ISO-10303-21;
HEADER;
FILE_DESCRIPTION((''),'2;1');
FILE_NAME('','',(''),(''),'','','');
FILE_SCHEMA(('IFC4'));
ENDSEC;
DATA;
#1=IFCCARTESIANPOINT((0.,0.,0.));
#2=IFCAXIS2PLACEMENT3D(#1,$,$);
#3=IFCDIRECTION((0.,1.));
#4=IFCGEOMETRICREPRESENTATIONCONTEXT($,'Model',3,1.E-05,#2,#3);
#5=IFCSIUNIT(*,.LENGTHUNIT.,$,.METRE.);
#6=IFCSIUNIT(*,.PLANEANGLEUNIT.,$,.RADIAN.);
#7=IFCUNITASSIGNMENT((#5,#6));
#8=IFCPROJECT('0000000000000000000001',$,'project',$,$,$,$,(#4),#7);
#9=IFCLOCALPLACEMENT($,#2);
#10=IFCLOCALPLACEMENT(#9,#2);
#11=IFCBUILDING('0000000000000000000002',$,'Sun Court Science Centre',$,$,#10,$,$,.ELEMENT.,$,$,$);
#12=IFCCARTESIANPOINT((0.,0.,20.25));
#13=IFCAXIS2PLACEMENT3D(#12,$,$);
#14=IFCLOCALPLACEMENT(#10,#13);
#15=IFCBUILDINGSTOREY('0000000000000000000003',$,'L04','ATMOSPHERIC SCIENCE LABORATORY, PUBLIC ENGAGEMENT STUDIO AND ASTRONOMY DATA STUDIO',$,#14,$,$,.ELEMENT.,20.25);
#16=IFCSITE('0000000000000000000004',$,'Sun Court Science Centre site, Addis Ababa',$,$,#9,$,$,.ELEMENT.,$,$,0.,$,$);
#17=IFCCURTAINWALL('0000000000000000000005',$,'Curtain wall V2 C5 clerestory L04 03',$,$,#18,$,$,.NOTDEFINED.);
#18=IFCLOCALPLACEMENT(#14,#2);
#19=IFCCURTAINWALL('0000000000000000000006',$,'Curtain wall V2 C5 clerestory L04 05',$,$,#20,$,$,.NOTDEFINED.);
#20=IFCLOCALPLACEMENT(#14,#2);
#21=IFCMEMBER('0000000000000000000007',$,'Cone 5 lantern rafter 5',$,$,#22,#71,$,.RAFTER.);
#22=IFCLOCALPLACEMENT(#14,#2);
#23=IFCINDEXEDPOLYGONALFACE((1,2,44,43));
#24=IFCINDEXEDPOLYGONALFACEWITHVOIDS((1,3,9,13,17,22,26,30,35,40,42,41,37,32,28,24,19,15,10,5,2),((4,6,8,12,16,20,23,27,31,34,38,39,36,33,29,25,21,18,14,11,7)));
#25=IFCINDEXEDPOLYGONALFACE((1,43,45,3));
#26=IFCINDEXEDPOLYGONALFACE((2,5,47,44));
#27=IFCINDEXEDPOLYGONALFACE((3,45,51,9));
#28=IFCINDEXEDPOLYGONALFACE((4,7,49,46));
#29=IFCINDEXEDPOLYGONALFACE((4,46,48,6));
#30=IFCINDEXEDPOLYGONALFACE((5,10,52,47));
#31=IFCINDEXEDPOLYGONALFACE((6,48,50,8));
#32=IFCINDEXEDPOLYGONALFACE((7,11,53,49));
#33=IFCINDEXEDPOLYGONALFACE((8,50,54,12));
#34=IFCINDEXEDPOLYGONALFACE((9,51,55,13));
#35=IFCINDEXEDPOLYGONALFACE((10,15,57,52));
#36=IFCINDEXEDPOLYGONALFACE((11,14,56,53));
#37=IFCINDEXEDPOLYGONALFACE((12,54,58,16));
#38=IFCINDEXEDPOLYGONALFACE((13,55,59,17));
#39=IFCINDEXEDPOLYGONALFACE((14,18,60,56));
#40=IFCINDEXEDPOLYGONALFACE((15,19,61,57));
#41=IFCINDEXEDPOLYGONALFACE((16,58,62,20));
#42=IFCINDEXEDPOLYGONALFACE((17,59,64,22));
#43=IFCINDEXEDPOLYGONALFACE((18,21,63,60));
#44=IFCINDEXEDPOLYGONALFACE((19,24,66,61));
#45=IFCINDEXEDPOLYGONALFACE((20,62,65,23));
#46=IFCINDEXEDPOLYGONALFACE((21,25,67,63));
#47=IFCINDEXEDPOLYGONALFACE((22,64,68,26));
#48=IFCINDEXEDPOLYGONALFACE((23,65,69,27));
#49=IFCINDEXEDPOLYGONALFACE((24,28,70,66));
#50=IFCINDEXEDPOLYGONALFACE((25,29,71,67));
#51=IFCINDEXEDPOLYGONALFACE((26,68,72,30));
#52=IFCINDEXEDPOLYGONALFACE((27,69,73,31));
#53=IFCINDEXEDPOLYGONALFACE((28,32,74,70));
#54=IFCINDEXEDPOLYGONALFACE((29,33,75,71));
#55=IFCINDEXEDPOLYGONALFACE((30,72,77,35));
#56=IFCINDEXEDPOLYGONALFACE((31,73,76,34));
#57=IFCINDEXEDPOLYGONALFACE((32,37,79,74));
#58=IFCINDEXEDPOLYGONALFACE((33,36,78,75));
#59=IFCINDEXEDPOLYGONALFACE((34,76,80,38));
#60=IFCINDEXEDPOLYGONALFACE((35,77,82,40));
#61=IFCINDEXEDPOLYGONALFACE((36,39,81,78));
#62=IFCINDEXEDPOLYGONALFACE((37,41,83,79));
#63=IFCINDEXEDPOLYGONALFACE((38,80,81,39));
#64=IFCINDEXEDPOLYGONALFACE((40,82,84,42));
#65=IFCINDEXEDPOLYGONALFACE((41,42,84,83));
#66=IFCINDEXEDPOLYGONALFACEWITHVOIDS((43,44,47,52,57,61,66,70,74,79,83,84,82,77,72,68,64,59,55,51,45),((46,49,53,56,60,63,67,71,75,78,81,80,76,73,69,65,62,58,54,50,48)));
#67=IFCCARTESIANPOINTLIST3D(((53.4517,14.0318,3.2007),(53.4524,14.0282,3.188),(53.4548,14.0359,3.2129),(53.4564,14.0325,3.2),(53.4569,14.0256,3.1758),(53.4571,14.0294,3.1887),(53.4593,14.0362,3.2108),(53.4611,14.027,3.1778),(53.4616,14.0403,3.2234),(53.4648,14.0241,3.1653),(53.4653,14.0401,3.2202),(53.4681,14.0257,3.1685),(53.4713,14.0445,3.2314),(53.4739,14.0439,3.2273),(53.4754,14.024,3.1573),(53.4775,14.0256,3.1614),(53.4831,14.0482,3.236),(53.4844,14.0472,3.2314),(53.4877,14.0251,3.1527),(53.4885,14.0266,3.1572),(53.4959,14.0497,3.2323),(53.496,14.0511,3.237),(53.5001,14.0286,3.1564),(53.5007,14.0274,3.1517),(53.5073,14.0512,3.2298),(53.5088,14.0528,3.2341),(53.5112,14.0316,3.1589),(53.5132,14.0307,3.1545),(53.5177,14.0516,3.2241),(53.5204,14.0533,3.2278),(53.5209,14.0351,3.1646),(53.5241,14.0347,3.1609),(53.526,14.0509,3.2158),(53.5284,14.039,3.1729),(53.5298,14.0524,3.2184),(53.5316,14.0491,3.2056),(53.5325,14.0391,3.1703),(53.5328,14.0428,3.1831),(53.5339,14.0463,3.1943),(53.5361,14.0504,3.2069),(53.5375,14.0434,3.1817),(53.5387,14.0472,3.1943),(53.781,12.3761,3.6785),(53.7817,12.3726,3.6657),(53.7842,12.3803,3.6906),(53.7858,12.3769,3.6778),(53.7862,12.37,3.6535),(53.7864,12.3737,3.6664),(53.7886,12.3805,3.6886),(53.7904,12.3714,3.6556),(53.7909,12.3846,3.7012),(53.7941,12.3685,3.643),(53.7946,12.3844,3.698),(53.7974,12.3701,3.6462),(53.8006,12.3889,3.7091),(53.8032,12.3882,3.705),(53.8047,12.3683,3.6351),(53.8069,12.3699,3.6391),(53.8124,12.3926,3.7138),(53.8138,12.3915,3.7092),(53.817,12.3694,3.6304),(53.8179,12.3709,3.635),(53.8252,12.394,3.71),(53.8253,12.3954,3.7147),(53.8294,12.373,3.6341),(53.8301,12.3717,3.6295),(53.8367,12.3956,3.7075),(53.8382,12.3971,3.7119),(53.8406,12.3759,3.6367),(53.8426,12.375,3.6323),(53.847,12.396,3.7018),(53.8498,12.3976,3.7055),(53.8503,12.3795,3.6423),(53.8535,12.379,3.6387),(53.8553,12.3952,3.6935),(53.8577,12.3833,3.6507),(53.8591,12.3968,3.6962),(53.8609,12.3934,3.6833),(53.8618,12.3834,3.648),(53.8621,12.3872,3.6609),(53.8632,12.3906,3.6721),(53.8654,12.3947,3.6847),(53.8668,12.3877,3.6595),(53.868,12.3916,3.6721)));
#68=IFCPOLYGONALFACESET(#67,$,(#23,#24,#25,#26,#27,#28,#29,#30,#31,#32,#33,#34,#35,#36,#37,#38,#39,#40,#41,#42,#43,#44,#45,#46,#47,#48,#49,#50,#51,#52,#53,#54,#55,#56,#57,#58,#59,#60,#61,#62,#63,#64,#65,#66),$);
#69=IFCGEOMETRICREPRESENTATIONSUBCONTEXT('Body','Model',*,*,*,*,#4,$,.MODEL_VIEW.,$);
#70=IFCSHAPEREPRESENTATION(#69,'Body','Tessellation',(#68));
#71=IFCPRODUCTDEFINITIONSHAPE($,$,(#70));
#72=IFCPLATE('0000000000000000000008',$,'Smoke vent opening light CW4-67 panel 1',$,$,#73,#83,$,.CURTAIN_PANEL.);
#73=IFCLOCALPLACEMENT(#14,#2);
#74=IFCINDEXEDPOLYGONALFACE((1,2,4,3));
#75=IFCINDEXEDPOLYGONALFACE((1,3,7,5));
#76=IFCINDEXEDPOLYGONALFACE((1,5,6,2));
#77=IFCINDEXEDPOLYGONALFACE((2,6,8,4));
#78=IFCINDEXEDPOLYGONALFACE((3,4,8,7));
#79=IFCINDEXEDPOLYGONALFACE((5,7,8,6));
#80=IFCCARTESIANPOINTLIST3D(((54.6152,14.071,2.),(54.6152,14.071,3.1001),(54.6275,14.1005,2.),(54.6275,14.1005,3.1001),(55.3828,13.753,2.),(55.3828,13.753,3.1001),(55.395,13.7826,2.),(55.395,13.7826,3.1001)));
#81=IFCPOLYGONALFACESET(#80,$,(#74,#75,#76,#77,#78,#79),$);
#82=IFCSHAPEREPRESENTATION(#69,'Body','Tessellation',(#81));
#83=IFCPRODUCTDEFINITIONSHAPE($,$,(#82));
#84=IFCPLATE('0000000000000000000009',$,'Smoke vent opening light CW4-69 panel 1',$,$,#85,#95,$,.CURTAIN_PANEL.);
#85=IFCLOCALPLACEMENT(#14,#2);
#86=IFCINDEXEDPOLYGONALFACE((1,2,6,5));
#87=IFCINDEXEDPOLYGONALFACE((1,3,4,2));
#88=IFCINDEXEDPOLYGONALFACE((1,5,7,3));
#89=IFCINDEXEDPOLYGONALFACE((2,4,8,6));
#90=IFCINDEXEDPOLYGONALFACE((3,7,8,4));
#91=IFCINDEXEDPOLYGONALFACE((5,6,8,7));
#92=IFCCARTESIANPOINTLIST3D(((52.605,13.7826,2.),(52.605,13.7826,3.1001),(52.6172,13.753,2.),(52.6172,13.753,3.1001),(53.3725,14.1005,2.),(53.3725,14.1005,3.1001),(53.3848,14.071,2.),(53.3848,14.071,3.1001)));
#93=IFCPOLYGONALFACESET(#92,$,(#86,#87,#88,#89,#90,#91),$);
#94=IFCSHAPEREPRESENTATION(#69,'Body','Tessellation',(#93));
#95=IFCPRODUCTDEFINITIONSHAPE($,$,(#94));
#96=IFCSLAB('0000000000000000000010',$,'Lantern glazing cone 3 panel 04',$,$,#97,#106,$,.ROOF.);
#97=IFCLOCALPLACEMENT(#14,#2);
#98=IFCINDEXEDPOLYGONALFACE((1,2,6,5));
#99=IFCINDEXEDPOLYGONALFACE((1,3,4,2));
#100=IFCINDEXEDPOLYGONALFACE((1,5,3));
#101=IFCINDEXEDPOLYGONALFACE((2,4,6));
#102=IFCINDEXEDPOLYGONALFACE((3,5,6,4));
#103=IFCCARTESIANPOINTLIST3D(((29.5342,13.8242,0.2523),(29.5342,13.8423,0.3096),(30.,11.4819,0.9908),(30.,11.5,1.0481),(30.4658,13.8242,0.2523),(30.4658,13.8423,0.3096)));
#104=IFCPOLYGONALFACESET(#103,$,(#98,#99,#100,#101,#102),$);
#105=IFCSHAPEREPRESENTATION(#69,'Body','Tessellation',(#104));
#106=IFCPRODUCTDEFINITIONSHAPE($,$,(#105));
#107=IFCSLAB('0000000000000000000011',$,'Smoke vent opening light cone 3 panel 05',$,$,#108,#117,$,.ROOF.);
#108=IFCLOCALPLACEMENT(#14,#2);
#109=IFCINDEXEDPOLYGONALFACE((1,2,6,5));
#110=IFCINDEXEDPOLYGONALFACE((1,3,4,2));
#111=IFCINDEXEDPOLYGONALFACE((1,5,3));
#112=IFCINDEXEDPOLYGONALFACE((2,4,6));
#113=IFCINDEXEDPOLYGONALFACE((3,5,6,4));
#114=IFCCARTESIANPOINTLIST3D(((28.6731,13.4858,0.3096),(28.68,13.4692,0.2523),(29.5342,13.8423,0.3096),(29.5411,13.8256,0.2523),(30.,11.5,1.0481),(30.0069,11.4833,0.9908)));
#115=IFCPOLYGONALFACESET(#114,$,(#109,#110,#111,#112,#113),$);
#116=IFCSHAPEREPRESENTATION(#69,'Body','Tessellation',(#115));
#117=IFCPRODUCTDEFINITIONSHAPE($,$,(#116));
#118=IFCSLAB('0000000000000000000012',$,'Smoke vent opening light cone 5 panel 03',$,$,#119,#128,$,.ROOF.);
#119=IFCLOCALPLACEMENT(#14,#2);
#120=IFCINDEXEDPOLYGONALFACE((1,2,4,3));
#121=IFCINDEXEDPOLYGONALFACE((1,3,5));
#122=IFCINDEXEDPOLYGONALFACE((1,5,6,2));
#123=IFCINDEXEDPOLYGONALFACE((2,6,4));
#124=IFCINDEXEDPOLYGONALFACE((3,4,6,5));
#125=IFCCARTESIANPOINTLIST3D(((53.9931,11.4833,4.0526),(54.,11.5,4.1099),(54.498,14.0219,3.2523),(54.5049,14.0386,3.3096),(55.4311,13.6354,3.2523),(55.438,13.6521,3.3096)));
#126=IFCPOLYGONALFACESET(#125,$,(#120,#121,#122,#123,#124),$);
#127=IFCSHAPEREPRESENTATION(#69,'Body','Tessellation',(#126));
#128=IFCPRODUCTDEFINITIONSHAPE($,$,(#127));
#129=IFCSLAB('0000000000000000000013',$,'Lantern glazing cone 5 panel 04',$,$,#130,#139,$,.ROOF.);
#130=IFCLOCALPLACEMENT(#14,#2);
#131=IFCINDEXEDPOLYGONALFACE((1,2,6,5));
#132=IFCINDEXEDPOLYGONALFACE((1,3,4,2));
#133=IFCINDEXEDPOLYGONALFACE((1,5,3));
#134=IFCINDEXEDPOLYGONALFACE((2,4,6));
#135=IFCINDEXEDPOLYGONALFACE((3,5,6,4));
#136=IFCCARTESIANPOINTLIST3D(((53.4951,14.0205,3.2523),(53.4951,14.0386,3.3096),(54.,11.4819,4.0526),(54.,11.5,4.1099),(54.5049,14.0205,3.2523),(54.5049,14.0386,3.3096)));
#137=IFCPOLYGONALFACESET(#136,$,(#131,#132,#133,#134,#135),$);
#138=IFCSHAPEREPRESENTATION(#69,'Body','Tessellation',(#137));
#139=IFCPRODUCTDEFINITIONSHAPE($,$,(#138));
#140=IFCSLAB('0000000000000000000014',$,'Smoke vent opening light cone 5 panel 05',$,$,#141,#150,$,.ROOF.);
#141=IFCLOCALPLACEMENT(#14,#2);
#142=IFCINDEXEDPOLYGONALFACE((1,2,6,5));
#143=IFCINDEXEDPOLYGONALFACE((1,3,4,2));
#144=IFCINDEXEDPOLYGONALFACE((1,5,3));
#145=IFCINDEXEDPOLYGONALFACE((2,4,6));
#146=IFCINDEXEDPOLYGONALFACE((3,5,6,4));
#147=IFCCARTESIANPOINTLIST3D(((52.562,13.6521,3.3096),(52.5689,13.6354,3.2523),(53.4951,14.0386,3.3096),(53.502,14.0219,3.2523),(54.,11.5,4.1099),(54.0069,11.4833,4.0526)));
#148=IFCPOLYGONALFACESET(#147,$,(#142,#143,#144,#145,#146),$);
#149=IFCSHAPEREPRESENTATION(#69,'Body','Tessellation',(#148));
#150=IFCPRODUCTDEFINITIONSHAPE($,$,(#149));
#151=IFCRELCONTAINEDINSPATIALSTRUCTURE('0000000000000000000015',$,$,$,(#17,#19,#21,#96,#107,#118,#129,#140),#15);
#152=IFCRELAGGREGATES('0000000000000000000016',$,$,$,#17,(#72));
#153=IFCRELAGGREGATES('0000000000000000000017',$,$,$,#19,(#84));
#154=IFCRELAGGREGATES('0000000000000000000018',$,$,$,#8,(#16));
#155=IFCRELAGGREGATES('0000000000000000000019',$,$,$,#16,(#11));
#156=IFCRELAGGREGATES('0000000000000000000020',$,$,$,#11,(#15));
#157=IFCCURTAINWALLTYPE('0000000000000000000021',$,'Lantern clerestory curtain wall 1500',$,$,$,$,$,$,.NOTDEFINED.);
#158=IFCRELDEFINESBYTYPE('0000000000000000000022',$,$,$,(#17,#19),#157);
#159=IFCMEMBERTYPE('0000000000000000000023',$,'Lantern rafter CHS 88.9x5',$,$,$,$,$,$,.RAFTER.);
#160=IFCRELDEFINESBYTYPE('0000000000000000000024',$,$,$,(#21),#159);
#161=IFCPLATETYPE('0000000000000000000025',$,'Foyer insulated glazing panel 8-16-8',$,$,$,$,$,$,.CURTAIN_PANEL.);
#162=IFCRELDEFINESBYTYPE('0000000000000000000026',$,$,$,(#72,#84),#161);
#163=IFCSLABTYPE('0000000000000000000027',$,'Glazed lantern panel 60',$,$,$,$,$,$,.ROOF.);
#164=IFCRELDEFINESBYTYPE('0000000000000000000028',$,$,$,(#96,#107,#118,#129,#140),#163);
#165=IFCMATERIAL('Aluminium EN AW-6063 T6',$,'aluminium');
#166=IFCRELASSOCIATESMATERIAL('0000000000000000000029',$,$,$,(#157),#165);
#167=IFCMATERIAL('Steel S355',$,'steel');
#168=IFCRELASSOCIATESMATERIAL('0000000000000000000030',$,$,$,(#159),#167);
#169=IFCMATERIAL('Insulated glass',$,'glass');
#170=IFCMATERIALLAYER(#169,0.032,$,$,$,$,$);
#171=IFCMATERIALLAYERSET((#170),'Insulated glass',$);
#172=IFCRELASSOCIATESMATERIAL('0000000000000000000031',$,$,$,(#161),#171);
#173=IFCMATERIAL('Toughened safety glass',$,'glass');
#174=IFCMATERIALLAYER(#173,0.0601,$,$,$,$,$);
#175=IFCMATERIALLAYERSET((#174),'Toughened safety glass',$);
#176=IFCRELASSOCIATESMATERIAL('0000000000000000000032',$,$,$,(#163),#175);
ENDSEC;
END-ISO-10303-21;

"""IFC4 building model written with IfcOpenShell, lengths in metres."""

from ifc_helpers import new_model, si_unit, direction, frame, origin, origin_2d, place, context, subcontext, project, spatial, polyline, rectangle, hollow_circle, outline, extrude, material, layer, layer_set, material_profile, profile_set, type_object, element, aggregate, save


model = new_model("IFC4")

# Units and contexts
model_context = context("Model", 3, precision=1e-05, world=origin(), true_north=direction((0.0, 1.0)))
body_context = subcontext(model_context, "Body", "Model", "MODEL_VIEW")
ifc_project = project(units=[si_unit("LENGTHUNIT", "METRE"), si_unit("PLANEANGLEUNIT", "RADIAN")], contexts=[model_context])

# Site, building, storey
site_placement = place(None, origin())
site = spatial("IfcSite", under=ifc_project, at=site_placement, Name="Sun Court Science Centre site, Addis Ababa", CompositionType="ELEMENT", RefElevation=0.0)
building_placement = place(site_placement, origin())
building = spatial("IfcBuilding", under=site, at=building_placement, Name="Sun Court Science Centre", CompositionType="ELEMENT")
storey_placement = place(building_placement, frame((0.0, 0.0, 20.25)))
storey = spatial("IfcBuildingStorey", under=building, at=storey_placement, Name="L04", Description="ATMOSPHERIC SCIENCE LABORATORY, PUBLIC ENGAGEMENT STUDIO AND ASTRONOMY DATA STUDIO", CompositionType="ELEMENT", Elevation=20.25)

# Curtain wall
ifc_material_1 = material(Name="Aluminium EN AW-6063 T6", Category="aluminium")
curtain_wall_type = type_object("IfcCurtainWallType", Name="Lantern clerestory curtain wall 1500", PredefinedType="NOTDEFINED", material=ifc_material_1)
curtain_wall_1_placement = place(storey_placement, origin())
curtain_wall_1 = element("IfcCurtainWall", 1, at=curtain_wall_1_placement, inside=storey, type_object=curtain_wall_type, Name="Curtain wall V2 C5 clerestory L04 03", PredefinedType="NOTDEFINED")

# Curtain wall
curtain_wall_2_placement = place(storey_placement, origin())
curtain_wall_2 = element("IfcCurtainWall", 2, at=curtain_wall_2_placement, inside=storey, type_object=curtain_wall_type, Name="Curtain wall V2 C5 clerestory L04 05", PredefinedType="NOTDEFINED")

# Member
ifc_material_2 = material(Name="Steel S355", Category="steel")
ifc_material_profile_1 = material_profile(ifc_material_2, hollow_circle(Radius=0.0444, WallThickness=0.0049, at=origin_2d()), Name="CHS 88.9x5")
ifc_profile_set_1 = profile_set([ifc_material_profile_1], Name="Steel S355")
member_type_1 = type_object("IfcMemberType", Name="Lantern rafter CHS 88.9x5", PredefinedType="RAFTER", material=ifc_profile_set_1)
for number, where, z_axis, x_axis, name in (
    (3, (53.4951, 14.0386, 3.1943), (0.187714, -0.943719, 0.272318), (0.980786, 0.195087, 0.0), "Cone 5 lantern rafter 5"),
):
    element("IfcMember", number, at=place(storey_placement, frame(where, z_axis=z_axis, x_axis=x_axis)), inside=storey, type_object=member_type_1, Name=name, PredefinedType="RAFTER", context=body_context, shape_type="SweptSolid", body=[
        extrude(hollow_circle(Radius=0.0444, WallThickness=0.0049, at=origin_2d()), origin(), (0.0, 0.0, 1.0), 1.7544),
    ])

# Plates
ifc_material_3 = material(Name="Insulated glass", Category="glass")
ifc_layer_1 = layer(ifc_material_3, 0.032)
ifc_layer_set_1 = layer_set([ifc_layer_1], Name="Insulated glass")
plate_type = type_object("IfcPlateType", Name="Foyer insulated glazing panel 8-16-8", PredefinedType="CURTAIN_PANEL", material=ifc_layer_set_1)
plate_1_placement = place(storey_placement, frame((55.0051, 13.9268, 2.0), z_axis=(0.0, 0.0, 1.0), x_axis=(0.92388, -0.382683, 0.0)))
plate_1 = element("IfcPlate", 4, at=plate_1_placement, type_object=plate_type, Name="Smoke vent opening light CW4-67 panel 1", PredefinedType="CURTAIN_PANEL", context=body_context, shape_type="SweptSolid", body=[
    extrude(rectangle(XDim=0.8308, YDim=0.032, at=origin_2d()), origin(), (0.0, 0.0, 1.0), 1.1001),
])
aggregate(curtain_wall_1, [plate_1])
plate_2_placement = place(storey_placement, frame((52.9949, 13.9268, 2.0), z_axis=(0.0, 0.0, 1.0), x_axis=(0.92388, 0.382683, 0.0)))
plate_2 = element("IfcPlate", 5, at=plate_2_placement, type_object=plate_type, Name="Smoke vent opening light CW4-69 panel 1", PredefinedType="CURTAIN_PANEL", context=body_context, shape_type="SweptSolid", body=[
    extrude(rectangle(XDim=0.8308, YDim=0.032, at=origin_2d()), origin(), (0.0, 0.0, 1.0), 1.1001),
])
aggregate(curtain_wall_2, [plate_2])

# Slabs
ifc_material_4 = material(Name="Toughened safety glass", Category="glass")
ifc_layer_2 = layer(ifc_material_4, 0.0601)
ifc_layer_set_2 = layer_set([ifc_layer_2], Name="Toughened safety glass")
slab_type = type_object("IfcSlabType", Name="Glazed lantern panel 60", PredefinedType="ROOF", material=ifc_layer_set_2)
slab_1_placement = place(storey_placement, frame((30.4658, 13.8423, 0.3096), z_axis=(0.0, 0.300708, 0.953716), x_axis=(-1.0, 0.0, 0.0)))
element("IfcSlab", 6, at=slab_1_placement, inside=storey, type_object=slab_type, Name="Lantern glazing cone 3 panel 04", PredefinedType="ROOF", context=body_context, shape_type="SweptSolid", body=[
    extrude(outline(polyline([(0.0, 0.0), (0.9316, 0.0), (0.4658, 2.456), (0.0, 0.0)])), origin(), (0.0, 0.0, -1.0), 0.0601),
])
slab_2_placement = place(storey_placement, frame((29.5342, 13.8423, 0.3096), z_axis=(-0.11501, 0.277836, 0.953719), x_axis=(-0.923966, -0.382475, 0.0)))
element("IfcSlab", 7, at=slab_2_placement, inside=storey, type_object=slab_type, Name="Smoke vent opening light cone 3 panel 05", PredefinedType="ROOF", context=body_context, shape_type="SweptSolid", body=[
    extrude(outline(polyline([(0.0, 0.0), (0.9319, 0.0), (0.4655, 2.456), (0.0, 0.0)])), origin(), (0.0, 0.0, -1.0), 0.0601),
])
slab_3_placement = place(storey_placement, frame((55.438, 13.6521, 3.3096), z_axis=(0.115053, 0.277784, 0.953729), x_axis=(-0.92389, 0.382658, 0.0)))
element("IfcSlab", 8, at=slab_3_placement, inside=storey, type_object=slab_type, Name="Smoke vent opening light cone 5 panel 03", PredefinedType="ROOF", context=body_context, shape_type="SweptSolid", body=[
    extrude(outline(polyline([(0.0, 0.0), (1.01, 0.0), (0.505, 2.6617), (0.0, 0.0)])), origin(), (0.0, 0.0, -1.0), 0.0601),
])
slab_4_placement = place(storey_placement, frame((54.5049, 14.0386, 3.3096), z_axis=(0.0, 0.300666, 0.953729), x_axis=(-1.0, 0.0, 0.0)))
element("IfcSlab", 9, at=slab_4_placement, inside=storey, type_object=slab_type, Name="Lantern glazing cone 5 panel 04", PredefinedType="ROOF", context=body_context, shape_type="SweptSolid", body=[
    extrude(outline(polyline([(0.0, 0.0), (1.0098, 0.0), (0.5049, 2.6617), (0.0, 0.0)])), origin(), (0.0, 0.0, -1.0), 0.0601),
])
slab_5_placement = place(storey_placement, frame((53.4951, 14.0386, 3.3096), z_axis=(-0.115053, 0.277784, 0.953729), x_axis=(-0.92389, -0.382658, 0.0)))
element("IfcSlab", 10, at=slab_5_placement, inside=storey, type_object=slab_type, Name="Smoke vent opening light cone 5 panel 05", PredefinedType="ROOF", context=body_context, shape_type="SweptSolid", body=[
    extrude(outline(polyline([(0.0, 0.0), (1.01, 0.0), (0.5049, 2.6617), (0.0, 0.0)])), origin(), (0.0, 0.0, -1.0), 0.0601),
])

save(model, "model.ifc")
